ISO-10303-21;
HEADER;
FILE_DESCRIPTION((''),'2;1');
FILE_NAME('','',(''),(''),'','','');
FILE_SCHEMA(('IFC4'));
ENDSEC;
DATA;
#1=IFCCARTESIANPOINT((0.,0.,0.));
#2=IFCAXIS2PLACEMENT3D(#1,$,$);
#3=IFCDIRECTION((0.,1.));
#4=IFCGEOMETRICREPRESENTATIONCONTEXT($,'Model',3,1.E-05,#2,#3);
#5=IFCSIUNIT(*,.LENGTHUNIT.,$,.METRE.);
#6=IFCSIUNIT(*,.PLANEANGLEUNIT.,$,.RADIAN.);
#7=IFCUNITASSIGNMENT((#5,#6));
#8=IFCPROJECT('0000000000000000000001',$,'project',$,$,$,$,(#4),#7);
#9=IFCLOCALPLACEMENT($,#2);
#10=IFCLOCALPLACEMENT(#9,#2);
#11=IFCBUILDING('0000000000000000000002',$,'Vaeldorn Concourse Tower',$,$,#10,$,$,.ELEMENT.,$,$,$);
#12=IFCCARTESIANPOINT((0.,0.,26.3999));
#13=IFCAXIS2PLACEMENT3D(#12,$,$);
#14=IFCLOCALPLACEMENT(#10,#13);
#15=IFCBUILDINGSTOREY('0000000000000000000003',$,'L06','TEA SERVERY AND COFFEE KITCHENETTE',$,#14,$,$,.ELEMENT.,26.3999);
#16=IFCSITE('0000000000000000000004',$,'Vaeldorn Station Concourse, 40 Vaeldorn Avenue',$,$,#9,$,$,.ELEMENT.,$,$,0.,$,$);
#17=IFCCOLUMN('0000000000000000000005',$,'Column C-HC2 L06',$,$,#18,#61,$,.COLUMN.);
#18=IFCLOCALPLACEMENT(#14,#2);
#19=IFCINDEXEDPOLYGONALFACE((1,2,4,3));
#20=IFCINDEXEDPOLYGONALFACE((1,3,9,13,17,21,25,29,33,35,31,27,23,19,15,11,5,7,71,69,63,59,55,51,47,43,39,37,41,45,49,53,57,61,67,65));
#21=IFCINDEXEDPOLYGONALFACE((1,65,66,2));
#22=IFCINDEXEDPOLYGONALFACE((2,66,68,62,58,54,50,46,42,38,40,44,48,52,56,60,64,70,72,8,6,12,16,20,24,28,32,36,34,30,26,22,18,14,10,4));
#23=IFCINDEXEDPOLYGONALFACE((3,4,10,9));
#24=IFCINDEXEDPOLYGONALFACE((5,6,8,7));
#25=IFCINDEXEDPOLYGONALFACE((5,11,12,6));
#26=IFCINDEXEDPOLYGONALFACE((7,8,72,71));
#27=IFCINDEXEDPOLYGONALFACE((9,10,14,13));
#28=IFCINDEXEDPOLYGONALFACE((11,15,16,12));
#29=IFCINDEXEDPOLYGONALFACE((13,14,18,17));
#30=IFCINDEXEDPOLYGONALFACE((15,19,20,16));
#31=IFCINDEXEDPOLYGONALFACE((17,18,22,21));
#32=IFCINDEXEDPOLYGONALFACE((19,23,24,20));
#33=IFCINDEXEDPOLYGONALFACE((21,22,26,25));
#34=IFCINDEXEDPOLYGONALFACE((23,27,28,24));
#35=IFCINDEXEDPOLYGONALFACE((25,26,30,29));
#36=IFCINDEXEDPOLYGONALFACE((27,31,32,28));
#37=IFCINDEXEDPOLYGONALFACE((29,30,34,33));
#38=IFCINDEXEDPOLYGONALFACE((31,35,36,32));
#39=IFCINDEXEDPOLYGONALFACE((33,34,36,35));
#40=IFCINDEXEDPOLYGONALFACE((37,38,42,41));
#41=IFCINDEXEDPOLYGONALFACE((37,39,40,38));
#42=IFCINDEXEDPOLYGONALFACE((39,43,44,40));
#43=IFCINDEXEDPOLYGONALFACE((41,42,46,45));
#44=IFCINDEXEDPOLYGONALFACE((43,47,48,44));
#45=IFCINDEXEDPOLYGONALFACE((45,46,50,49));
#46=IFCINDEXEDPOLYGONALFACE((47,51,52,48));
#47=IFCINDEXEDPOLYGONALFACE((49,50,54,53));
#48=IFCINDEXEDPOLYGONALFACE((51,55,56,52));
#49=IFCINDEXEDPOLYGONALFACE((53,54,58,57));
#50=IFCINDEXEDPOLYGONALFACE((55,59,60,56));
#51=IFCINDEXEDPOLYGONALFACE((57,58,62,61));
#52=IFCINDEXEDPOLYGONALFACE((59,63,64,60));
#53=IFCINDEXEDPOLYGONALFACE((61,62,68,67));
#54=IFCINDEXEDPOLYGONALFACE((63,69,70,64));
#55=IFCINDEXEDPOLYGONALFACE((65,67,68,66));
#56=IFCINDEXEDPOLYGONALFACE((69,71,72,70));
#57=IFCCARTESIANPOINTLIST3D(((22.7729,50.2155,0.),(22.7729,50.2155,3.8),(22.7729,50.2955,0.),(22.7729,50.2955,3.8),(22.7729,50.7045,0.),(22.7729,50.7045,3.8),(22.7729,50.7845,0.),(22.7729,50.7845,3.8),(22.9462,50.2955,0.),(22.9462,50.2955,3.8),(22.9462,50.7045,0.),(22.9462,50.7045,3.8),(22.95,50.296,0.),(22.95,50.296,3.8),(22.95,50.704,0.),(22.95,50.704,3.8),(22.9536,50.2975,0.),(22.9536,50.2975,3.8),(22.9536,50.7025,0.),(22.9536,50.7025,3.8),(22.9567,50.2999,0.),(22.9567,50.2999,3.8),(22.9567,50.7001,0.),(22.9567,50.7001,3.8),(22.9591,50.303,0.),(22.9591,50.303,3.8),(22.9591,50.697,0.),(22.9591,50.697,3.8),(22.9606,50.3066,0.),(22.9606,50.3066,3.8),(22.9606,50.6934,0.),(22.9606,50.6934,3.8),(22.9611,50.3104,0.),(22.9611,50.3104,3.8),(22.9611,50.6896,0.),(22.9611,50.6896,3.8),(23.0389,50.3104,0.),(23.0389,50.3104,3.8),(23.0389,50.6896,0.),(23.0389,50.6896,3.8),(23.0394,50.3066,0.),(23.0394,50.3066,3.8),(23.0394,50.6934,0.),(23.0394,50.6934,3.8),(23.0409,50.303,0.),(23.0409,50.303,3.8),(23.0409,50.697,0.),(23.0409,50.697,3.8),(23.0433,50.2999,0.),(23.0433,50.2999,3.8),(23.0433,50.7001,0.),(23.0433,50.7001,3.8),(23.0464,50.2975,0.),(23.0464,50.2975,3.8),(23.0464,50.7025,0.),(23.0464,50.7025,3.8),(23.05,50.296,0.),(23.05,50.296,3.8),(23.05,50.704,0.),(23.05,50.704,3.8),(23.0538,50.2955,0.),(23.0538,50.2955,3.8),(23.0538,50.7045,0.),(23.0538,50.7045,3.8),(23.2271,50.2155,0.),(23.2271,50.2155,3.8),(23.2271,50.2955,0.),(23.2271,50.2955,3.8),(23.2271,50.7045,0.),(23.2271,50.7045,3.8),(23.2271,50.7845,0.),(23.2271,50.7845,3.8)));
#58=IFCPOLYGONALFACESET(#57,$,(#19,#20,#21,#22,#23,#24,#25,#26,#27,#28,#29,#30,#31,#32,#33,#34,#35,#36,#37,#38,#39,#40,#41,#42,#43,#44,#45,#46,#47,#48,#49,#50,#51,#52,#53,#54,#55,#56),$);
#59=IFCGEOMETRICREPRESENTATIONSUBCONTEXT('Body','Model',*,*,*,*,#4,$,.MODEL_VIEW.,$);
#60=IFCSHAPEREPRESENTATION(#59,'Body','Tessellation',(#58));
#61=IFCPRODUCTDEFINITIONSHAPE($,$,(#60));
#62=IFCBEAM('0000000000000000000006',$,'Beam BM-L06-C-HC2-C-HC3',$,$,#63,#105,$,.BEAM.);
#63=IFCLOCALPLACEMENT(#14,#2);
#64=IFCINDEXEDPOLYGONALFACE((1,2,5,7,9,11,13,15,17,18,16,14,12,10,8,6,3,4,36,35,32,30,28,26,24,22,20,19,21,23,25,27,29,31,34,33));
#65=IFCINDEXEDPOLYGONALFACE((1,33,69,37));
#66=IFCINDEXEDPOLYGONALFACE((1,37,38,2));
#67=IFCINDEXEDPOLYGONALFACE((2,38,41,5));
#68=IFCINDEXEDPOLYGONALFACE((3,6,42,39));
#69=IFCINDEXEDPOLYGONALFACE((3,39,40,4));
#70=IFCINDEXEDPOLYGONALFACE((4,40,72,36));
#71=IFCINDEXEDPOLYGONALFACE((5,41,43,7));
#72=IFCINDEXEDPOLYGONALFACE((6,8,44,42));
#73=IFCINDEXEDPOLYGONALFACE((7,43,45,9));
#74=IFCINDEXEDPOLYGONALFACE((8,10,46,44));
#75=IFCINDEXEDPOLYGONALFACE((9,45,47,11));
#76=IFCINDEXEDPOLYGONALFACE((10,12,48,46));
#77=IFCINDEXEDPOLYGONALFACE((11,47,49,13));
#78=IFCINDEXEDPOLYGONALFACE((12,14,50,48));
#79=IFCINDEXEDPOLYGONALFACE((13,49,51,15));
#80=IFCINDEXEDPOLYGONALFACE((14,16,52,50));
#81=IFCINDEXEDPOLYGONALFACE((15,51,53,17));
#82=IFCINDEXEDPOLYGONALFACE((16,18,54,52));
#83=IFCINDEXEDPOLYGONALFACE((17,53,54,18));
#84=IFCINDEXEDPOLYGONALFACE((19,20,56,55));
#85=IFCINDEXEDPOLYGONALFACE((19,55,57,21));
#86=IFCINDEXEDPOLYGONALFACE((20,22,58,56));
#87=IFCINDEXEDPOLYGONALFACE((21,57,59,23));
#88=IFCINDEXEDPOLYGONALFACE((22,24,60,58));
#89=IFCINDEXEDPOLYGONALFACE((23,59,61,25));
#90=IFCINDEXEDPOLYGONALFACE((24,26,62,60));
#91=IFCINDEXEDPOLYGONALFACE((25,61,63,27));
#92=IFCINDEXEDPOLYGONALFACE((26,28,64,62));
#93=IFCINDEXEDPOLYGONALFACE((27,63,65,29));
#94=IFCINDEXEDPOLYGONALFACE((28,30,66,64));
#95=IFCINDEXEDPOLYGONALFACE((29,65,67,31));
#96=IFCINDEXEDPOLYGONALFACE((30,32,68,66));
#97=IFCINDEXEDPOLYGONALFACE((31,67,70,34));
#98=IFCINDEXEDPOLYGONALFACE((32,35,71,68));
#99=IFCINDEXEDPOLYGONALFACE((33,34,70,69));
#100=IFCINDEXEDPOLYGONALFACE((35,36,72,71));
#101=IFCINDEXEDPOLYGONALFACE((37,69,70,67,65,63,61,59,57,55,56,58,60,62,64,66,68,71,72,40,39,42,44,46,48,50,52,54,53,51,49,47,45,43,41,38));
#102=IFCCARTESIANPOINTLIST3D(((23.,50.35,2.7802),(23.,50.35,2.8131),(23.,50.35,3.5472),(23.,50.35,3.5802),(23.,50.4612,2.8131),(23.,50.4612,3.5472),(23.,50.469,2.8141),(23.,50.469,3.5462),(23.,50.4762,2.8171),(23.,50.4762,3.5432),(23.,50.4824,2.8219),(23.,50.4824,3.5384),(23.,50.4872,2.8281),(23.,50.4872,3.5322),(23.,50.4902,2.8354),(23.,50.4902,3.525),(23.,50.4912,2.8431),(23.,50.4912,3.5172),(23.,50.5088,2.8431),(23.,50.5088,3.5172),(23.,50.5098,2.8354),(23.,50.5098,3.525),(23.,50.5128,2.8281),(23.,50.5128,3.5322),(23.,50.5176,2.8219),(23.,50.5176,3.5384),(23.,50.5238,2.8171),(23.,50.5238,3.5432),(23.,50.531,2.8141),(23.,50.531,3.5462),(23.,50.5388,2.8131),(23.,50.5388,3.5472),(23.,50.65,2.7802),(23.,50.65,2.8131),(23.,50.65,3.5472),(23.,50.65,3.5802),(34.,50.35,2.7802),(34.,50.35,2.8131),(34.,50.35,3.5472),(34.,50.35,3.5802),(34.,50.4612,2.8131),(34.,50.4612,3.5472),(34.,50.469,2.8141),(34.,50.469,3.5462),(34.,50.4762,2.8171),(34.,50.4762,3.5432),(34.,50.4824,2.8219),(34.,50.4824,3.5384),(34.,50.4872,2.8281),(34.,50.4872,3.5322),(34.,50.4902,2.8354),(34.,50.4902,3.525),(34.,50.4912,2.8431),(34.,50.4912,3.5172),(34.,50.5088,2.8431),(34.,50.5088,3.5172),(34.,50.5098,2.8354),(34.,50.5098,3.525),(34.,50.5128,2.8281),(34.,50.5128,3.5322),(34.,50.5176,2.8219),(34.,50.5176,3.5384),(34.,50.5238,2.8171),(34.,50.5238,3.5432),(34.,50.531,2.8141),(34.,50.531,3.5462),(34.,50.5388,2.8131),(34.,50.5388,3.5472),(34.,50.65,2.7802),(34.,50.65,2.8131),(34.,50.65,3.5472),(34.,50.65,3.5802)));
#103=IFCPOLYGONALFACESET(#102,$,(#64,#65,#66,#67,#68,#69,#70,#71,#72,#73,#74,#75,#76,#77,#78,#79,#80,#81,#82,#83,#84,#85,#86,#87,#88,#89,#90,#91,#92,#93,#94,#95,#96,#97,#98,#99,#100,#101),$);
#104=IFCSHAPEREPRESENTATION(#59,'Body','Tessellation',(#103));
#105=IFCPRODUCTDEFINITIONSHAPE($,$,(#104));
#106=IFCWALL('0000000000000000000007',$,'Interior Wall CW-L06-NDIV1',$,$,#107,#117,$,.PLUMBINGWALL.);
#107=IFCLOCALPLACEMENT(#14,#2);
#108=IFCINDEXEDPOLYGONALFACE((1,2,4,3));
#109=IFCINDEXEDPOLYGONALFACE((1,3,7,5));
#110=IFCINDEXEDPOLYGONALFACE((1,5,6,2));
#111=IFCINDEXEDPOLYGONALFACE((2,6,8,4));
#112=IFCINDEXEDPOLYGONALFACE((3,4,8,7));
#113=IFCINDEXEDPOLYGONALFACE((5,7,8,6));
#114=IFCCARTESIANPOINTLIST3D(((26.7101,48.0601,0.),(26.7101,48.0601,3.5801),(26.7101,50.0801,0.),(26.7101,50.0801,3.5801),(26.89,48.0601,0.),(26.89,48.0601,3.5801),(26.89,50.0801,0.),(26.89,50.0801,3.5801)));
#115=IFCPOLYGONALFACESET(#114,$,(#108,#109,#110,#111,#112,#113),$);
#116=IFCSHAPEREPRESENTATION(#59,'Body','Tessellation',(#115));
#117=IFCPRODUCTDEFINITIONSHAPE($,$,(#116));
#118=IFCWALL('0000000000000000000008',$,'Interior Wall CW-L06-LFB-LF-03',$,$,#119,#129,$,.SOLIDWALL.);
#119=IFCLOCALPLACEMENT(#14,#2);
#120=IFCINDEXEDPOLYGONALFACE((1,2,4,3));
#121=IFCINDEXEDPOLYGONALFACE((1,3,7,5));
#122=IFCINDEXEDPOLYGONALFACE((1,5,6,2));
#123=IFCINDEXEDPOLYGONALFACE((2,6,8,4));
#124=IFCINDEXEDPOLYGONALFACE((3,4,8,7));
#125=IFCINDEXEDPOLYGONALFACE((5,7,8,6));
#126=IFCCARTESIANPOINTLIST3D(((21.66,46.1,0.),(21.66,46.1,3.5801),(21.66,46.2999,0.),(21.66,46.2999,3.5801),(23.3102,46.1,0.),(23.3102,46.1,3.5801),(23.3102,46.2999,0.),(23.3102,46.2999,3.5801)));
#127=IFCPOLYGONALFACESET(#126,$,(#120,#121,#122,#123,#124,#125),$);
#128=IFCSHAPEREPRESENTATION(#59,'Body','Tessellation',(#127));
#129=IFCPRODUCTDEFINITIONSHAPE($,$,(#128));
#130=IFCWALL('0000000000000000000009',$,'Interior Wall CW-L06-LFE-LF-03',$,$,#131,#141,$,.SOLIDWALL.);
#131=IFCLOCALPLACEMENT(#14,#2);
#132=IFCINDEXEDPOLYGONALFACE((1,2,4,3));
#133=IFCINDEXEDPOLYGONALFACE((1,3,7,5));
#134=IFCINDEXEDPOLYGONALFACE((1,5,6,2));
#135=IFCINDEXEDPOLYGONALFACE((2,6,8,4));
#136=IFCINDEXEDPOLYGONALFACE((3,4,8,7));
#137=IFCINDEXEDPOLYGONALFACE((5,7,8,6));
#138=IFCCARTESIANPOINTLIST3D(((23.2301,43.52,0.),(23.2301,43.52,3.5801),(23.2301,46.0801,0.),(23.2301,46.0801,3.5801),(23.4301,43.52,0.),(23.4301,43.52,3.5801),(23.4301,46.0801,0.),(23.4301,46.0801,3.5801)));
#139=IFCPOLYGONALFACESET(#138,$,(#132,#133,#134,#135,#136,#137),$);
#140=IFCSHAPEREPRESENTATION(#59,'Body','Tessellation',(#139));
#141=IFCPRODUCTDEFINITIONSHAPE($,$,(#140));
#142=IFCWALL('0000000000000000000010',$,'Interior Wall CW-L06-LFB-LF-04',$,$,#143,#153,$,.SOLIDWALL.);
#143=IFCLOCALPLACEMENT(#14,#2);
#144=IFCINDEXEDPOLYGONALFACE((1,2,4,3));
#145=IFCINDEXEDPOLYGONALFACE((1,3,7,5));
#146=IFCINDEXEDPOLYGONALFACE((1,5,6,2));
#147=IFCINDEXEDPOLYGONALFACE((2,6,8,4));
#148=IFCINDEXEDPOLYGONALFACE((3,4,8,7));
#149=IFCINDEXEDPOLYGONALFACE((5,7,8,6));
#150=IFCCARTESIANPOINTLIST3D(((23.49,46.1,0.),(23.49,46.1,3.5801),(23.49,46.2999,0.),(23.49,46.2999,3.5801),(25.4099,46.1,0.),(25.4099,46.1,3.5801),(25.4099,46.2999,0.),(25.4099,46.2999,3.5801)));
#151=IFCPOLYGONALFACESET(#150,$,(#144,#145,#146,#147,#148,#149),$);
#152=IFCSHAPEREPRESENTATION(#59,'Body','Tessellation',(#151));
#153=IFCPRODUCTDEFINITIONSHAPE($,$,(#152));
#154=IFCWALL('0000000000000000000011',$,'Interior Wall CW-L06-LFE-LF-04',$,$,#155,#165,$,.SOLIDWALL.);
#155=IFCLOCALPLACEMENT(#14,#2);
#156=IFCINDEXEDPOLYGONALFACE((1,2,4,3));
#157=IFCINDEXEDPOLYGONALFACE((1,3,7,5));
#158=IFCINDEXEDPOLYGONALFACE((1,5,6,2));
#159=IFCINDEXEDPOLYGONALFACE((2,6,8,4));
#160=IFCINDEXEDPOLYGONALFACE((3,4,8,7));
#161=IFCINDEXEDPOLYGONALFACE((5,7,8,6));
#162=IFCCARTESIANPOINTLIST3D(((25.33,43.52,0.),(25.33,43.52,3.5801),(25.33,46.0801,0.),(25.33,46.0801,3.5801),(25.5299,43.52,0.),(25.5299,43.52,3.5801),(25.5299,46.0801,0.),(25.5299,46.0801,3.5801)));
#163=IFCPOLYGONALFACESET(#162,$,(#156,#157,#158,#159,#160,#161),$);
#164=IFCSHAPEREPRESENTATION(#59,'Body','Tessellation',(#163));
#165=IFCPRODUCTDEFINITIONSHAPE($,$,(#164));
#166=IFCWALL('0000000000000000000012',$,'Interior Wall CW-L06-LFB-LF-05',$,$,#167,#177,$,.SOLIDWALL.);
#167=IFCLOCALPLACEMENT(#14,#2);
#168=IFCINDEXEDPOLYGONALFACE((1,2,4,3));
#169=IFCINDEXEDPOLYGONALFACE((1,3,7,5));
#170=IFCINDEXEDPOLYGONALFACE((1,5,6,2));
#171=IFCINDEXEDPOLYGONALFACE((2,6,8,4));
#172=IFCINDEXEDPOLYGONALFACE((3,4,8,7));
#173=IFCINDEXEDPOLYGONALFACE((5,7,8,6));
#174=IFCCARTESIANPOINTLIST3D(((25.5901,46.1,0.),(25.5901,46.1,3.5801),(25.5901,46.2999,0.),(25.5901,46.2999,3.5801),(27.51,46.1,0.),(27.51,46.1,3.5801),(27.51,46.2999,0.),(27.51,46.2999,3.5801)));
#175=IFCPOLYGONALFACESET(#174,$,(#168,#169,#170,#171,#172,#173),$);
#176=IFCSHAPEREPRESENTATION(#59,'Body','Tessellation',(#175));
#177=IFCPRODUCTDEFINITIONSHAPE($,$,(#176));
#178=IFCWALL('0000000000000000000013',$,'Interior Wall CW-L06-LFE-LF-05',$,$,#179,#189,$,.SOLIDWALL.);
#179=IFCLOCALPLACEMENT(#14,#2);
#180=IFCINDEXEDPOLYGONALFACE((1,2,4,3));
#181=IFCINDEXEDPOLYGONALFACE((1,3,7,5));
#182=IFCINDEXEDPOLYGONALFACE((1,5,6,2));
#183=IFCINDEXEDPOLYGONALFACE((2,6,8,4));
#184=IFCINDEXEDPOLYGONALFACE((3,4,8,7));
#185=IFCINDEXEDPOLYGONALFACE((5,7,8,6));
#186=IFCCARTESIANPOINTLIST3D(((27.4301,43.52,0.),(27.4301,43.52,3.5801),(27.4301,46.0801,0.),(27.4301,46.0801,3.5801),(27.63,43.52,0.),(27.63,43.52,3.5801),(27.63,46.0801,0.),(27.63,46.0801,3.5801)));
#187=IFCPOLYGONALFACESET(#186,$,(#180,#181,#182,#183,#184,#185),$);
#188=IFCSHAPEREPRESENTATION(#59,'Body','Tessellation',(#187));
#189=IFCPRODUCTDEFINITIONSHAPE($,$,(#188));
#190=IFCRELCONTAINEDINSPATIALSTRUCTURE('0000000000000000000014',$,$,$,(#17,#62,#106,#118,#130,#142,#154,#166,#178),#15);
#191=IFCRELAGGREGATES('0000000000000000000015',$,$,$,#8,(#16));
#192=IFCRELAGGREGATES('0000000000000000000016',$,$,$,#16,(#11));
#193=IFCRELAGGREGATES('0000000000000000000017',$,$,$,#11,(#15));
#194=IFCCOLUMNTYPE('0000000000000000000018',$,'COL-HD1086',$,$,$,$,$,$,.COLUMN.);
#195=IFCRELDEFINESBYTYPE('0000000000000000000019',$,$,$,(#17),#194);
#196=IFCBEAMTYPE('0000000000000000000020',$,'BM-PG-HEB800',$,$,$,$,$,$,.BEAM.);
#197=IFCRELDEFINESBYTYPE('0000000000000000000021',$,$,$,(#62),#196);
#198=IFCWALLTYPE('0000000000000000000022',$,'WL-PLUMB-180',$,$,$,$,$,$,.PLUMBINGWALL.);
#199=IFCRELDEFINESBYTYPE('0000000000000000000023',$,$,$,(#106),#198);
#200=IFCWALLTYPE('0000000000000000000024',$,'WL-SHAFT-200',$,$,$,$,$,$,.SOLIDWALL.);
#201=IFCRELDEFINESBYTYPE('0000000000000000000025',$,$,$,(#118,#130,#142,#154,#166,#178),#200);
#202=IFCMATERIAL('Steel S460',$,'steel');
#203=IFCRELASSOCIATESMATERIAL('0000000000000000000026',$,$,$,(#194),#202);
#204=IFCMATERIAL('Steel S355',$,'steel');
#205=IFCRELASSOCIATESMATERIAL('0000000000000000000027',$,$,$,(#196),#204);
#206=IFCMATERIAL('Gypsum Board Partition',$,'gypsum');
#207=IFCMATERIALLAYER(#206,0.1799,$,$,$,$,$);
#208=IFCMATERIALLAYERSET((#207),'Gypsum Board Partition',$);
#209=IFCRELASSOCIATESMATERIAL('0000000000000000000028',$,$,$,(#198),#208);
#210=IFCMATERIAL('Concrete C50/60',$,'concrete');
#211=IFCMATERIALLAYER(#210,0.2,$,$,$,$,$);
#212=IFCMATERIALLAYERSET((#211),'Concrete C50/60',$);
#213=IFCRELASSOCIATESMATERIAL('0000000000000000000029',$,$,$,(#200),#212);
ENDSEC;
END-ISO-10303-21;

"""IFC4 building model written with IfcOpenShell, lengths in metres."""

from ifc_helpers import new_model, si_unit, direction, frame, frame_2d, origin, origin_2d, place, context, subcontext, project, spatial, rectangle, i_section, extrude, source, transform, mapped, material, layer, layer_set, material_profile, profile_set, type_object, element, save


model = new_model("IFC4")

# Units and contexts
model_context = context("Model", 3, precision=1e-05, world=origin(), true_north=direction((0.0, 1.0)))
body_context = subcontext(model_context, "Body", "Model", "MODEL_VIEW")
ifc_project = project(units=[si_unit("LENGTHUNIT", "METRE"), si_unit("PLANEANGLEUNIT", "RADIAN")], contexts=[model_context])

# Site, building, storey
site_placement = place(None, origin())
site = spatial("IfcSite", under=ifc_project, at=site_placement, Name="Vaeldorn Station Concourse, 40 Vaeldorn Avenue", CompositionType="ELEMENT", RefElevation=0.0)
building_placement = place(site_placement, origin())
building = spatial("IfcBuilding", under=site, at=building_placement, Name="Vaeldorn Concourse Tower", CompositionType="ELEMENT")
storey_placement = place(building_placement, frame((0.0, 0.0, 26.3999)))
storey = spatial("IfcBuildingStorey", under=building, at=storey_placement, Name="L06", Description="TEA SERVERY AND COFFEE KITCHENETTE", CompositionType="ELEMENT", Elevation=26.3999)

# Column
ifc_material_1 = material(Name="Steel S460", Category="steel")
ifc_material_profile_1 = material_profile(ifc_material_1, i_section(OverallWidth=0.4541, OverallDepth=0.5691, WebThickness=0.0779, FlangeThickness=0.0801, FilletRadius=0.0149, at=origin_2d()), Name="HD 400x1086")
ifc_profile_set_1 = profile_set([ifc_material_profile_1], Name="Steel S460")
column_type = type_object("IfcColumnType", Name="COL-HD1086", PredefinedType="COLUMN", material=ifc_profile_set_1)
shared_shape_1 = source(origin(), body_context, "Body", "SweptSolid", [
    extrude(i_section(OverallWidth=0.4541, OverallDepth=0.5691, WebThickness=0.0779, FlangeThickness=0.0801, FilletRadius=0.0149, at=origin_2d()), origin(), (0.0, 0.0, 1.0), 3.8),
])
column_placement = place(storey_placement, frame((23.0, 50.5, 0.0), z_axis=(0.0, 0.0, 1.0), x_axis=(1.0, 0.0, 0.0)))
element("IfcColumn", 1, at=column_placement, inside=storey, type_object=column_type, Name="Column C-HC2 L06", PredefinedType="COLUMN", context=body_context, shape_type="MappedRepresentation", body=[
    mapped(shared_shape_1, transform((0.0, 0.0, 0.0), scale=1.0)),
])

# Beam
ifc_material_2 = material(Name="Steel S355", Category="steel")
ifc_material_profile_2 = material_profile(ifc_material_2, i_section(OverallWidth=0.3, OverallDepth=0.8, WebThickness=0.0176, FlangeThickness=0.033, FilletRadius=0.03, at=origin_2d()), Name="HEB 800")
ifc_profile_set_2 = profile_set([ifc_material_profile_2], Name="Steel S355")
beam_type = type_object("IfcBeamType", Name="BM-PG-HEB800", PredefinedType="BEAM", material=ifc_profile_set_2)
shared_shape_2 = source(origin(), body_context, "Body", "SweptSolid", [
    extrude(i_section(OverallWidth=0.3, OverallDepth=0.8, WebThickness=0.0176, FlangeThickness=0.033, FilletRadius=0.03, at=origin_2d()), origin(), (0.0, 0.0, 1.0), 11.0),
])
beam_placement = place(storey_placement, frame((23.0, 50.5, 3.1802), z_axis=(1.0, 0.0, 0.0), x_axis=(0.0, 1.0, 0.0)))
element("IfcBeam", 2, at=beam_placement, inside=storey, type_object=beam_type, Name="Beam BM-L06-C-HC2-C-HC3", PredefinedType="BEAM", context=body_context, shape_type="MappedRepresentation", body=[
    mapped(shared_shape_2, transform((0.0, 0.0, 0.0), scale=1.0)),
])

# Walls
ifc_material_3 = material(Name="Gypsum Board Partition", Category="gypsum")
ifc_layer_1 = layer(ifc_material_3, 0.1799)
ifc_layer_set_1 = layer_set([ifc_layer_1], Name="Gypsum Board Partition")
wall_type_1 = type_object("IfcWallType", Name="WL-PLUMB-180", PredefinedType="PLUMBINGWALL", material=ifc_layer_set_1)
wall_1_placement = place(storey_placement, frame((26.8, 48.0601, 0.0), z_axis=(0.0, 0.0, 1.0), x_axis=(0.0, 1.0, 0.0)))
element("IfcWall", 3, at=wall_1_placement, inside=storey, type_object=wall_type_1, Name="Interior Wall CW-L06-NDIV1", PredefinedType="PLUMBINGWALL", context=body_context, shape_type="SweptSolid", body=[
    extrude(rectangle(XDim=2.02, YDim=0.1799, at=frame_2d((1.01, 0.0))), origin(), (0.0, 0.0, 1.0), 3.5801),
])
ifc_material_4 = material(Name="Concrete C50/60", Category="concrete")
ifc_layer_2 = layer(ifc_material_4, 0.2)
ifc_layer_set_2 = layer_set([ifc_layer_2], Name="Concrete C50/60")
wall_type_2 = type_object("IfcWallType", Name="WL-SHAFT-200", PredefinedType="SOLIDWALL", material=ifc_layer_set_2)
wall_2_placement = place(storey_placement, frame((21.6599, 46.2, 0.0), z_axis=(0.0, 0.0, 1.0), x_axis=(1.0, 0.0, 0.0)))
element("IfcWall", 4, at=wall_2_placement, inside=storey, type_object=wall_type_2, Name="Interior Wall CW-L06-LFB-LF-03", PredefinedType="SOLIDWALL", context=body_context, shape_type="SweptSolid", body=[
    extrude(rectangle(XDim=1.6501, YDim=0.2, at=frame_2d((0.8252, 0.0))), origin(), (0.0, 0.0, 1.0), 3.5801),
])
wall_3_placement = place(storey_placement, frame((23.3301, 43.52, 0.0), z_axis=(0.0, 0.0, 1.0), x_axis=(0.0, 1.0, 0.0)))
element("IfcWall", 5, at=wall_3_placement, inside=storey, type_object=wall_type_2, Name="Interior Wall CW-L06-LFE-LF-03", PredefinedType="SOLIDWALL", context=body_context, shape_type="SweptSolid", body=[
    extrude(rectangle(XDim=2.5601, YDim=0.2, at=frame_2d((1.28, 0.0))), origin(), (0.0, 0.0, 1.0), 3.5801),
])

# Walls
wall_4_placement = place(storey_placement, frame((23.49, 46.2, 0.0), z_axis=(0.0, 0.0, 1.0), x_axis=(1.0, 0.0, 0.0)))
element("IfcWall", 6, at=wall_4_placement, inside=storey, type_object=wall_type_2, Name="Interior Wall CW-L06-LFB-LF-04", PredefinedType="SOLIDWALL", context=body_context, shape_type="SweptSolid", body=[
    extrude(rectangle(XDim=1.9199, YDim=0.2, at=frame_2d((0.96, 0.0))), origin(), (0.0, 0.0, 1.0), 3.5801),
])
wall_5_placement = place(storey_placement, frame((25.4299, 43.52, 0.0), z_axis=(0.0, 0.0, 1.0), x_axis=(0.0, 1.0, 0.0)))
element("IfcWall", 7, at=wall_5_placement, inside=storey, type_object=wall_type_2, Name="Interior Wall CW-L06-LFE-LF-04", PredefinedType="SOLIDWALL", context=body_context, shape_type="SweptSolid", body=[
    extrude(rectangle(XDim=2.5601, YDim=0.2, at=frame_2d((1.28, 0.0))), origin(), (0.0, 0.0, 1.0), 3.5801),
])

# Walls
wall_6_placement = place(storey_placement, frame((25.5901, 46.2, 0.0), z_axis=(0.0, 0.0, 1.0), x_axis=(1.0, 0.0, 0.0)))
element("IfcWall", 8, at=wall_6_placement, inside=storey, type_object=wall_type_2, Name="Interior Wall CW-L06-LFB-LF-05", PredefinedType="SOLIDWALL", context=body_context, shape_type="SweptSolid", body=[
    extrude(rectangle(XDim=1.9199, YDim=0.2, at=frame_2d((0.96, 0.0))), origin(), (0.0, 0.0, 1.0), 3.5801),
])
wall_7_placement = place(storey_placement, frame((27.53, 43.52, 0.0), z_axis=(0.0, 0.0, 1.0), x_axis=(0.0, 1.0, 0.0)))
element("IfcWall", 9, at=wall_7_placement, inside=storey, type_object=wall_type_2, Name="Interior Wall CW-L06-LFE-LF-05", PredefinedType="SOLIDWALL", context=body_context, shape_type="SweptSolid", body=[
    extrude(rectangle(XDim=2.5601, YDim=0.2, at=frame_2d((1.28, 0.0))), origin(), (0.0, 0.0, 1.0), 3.5801),
])

save(model, "model.ifc")
